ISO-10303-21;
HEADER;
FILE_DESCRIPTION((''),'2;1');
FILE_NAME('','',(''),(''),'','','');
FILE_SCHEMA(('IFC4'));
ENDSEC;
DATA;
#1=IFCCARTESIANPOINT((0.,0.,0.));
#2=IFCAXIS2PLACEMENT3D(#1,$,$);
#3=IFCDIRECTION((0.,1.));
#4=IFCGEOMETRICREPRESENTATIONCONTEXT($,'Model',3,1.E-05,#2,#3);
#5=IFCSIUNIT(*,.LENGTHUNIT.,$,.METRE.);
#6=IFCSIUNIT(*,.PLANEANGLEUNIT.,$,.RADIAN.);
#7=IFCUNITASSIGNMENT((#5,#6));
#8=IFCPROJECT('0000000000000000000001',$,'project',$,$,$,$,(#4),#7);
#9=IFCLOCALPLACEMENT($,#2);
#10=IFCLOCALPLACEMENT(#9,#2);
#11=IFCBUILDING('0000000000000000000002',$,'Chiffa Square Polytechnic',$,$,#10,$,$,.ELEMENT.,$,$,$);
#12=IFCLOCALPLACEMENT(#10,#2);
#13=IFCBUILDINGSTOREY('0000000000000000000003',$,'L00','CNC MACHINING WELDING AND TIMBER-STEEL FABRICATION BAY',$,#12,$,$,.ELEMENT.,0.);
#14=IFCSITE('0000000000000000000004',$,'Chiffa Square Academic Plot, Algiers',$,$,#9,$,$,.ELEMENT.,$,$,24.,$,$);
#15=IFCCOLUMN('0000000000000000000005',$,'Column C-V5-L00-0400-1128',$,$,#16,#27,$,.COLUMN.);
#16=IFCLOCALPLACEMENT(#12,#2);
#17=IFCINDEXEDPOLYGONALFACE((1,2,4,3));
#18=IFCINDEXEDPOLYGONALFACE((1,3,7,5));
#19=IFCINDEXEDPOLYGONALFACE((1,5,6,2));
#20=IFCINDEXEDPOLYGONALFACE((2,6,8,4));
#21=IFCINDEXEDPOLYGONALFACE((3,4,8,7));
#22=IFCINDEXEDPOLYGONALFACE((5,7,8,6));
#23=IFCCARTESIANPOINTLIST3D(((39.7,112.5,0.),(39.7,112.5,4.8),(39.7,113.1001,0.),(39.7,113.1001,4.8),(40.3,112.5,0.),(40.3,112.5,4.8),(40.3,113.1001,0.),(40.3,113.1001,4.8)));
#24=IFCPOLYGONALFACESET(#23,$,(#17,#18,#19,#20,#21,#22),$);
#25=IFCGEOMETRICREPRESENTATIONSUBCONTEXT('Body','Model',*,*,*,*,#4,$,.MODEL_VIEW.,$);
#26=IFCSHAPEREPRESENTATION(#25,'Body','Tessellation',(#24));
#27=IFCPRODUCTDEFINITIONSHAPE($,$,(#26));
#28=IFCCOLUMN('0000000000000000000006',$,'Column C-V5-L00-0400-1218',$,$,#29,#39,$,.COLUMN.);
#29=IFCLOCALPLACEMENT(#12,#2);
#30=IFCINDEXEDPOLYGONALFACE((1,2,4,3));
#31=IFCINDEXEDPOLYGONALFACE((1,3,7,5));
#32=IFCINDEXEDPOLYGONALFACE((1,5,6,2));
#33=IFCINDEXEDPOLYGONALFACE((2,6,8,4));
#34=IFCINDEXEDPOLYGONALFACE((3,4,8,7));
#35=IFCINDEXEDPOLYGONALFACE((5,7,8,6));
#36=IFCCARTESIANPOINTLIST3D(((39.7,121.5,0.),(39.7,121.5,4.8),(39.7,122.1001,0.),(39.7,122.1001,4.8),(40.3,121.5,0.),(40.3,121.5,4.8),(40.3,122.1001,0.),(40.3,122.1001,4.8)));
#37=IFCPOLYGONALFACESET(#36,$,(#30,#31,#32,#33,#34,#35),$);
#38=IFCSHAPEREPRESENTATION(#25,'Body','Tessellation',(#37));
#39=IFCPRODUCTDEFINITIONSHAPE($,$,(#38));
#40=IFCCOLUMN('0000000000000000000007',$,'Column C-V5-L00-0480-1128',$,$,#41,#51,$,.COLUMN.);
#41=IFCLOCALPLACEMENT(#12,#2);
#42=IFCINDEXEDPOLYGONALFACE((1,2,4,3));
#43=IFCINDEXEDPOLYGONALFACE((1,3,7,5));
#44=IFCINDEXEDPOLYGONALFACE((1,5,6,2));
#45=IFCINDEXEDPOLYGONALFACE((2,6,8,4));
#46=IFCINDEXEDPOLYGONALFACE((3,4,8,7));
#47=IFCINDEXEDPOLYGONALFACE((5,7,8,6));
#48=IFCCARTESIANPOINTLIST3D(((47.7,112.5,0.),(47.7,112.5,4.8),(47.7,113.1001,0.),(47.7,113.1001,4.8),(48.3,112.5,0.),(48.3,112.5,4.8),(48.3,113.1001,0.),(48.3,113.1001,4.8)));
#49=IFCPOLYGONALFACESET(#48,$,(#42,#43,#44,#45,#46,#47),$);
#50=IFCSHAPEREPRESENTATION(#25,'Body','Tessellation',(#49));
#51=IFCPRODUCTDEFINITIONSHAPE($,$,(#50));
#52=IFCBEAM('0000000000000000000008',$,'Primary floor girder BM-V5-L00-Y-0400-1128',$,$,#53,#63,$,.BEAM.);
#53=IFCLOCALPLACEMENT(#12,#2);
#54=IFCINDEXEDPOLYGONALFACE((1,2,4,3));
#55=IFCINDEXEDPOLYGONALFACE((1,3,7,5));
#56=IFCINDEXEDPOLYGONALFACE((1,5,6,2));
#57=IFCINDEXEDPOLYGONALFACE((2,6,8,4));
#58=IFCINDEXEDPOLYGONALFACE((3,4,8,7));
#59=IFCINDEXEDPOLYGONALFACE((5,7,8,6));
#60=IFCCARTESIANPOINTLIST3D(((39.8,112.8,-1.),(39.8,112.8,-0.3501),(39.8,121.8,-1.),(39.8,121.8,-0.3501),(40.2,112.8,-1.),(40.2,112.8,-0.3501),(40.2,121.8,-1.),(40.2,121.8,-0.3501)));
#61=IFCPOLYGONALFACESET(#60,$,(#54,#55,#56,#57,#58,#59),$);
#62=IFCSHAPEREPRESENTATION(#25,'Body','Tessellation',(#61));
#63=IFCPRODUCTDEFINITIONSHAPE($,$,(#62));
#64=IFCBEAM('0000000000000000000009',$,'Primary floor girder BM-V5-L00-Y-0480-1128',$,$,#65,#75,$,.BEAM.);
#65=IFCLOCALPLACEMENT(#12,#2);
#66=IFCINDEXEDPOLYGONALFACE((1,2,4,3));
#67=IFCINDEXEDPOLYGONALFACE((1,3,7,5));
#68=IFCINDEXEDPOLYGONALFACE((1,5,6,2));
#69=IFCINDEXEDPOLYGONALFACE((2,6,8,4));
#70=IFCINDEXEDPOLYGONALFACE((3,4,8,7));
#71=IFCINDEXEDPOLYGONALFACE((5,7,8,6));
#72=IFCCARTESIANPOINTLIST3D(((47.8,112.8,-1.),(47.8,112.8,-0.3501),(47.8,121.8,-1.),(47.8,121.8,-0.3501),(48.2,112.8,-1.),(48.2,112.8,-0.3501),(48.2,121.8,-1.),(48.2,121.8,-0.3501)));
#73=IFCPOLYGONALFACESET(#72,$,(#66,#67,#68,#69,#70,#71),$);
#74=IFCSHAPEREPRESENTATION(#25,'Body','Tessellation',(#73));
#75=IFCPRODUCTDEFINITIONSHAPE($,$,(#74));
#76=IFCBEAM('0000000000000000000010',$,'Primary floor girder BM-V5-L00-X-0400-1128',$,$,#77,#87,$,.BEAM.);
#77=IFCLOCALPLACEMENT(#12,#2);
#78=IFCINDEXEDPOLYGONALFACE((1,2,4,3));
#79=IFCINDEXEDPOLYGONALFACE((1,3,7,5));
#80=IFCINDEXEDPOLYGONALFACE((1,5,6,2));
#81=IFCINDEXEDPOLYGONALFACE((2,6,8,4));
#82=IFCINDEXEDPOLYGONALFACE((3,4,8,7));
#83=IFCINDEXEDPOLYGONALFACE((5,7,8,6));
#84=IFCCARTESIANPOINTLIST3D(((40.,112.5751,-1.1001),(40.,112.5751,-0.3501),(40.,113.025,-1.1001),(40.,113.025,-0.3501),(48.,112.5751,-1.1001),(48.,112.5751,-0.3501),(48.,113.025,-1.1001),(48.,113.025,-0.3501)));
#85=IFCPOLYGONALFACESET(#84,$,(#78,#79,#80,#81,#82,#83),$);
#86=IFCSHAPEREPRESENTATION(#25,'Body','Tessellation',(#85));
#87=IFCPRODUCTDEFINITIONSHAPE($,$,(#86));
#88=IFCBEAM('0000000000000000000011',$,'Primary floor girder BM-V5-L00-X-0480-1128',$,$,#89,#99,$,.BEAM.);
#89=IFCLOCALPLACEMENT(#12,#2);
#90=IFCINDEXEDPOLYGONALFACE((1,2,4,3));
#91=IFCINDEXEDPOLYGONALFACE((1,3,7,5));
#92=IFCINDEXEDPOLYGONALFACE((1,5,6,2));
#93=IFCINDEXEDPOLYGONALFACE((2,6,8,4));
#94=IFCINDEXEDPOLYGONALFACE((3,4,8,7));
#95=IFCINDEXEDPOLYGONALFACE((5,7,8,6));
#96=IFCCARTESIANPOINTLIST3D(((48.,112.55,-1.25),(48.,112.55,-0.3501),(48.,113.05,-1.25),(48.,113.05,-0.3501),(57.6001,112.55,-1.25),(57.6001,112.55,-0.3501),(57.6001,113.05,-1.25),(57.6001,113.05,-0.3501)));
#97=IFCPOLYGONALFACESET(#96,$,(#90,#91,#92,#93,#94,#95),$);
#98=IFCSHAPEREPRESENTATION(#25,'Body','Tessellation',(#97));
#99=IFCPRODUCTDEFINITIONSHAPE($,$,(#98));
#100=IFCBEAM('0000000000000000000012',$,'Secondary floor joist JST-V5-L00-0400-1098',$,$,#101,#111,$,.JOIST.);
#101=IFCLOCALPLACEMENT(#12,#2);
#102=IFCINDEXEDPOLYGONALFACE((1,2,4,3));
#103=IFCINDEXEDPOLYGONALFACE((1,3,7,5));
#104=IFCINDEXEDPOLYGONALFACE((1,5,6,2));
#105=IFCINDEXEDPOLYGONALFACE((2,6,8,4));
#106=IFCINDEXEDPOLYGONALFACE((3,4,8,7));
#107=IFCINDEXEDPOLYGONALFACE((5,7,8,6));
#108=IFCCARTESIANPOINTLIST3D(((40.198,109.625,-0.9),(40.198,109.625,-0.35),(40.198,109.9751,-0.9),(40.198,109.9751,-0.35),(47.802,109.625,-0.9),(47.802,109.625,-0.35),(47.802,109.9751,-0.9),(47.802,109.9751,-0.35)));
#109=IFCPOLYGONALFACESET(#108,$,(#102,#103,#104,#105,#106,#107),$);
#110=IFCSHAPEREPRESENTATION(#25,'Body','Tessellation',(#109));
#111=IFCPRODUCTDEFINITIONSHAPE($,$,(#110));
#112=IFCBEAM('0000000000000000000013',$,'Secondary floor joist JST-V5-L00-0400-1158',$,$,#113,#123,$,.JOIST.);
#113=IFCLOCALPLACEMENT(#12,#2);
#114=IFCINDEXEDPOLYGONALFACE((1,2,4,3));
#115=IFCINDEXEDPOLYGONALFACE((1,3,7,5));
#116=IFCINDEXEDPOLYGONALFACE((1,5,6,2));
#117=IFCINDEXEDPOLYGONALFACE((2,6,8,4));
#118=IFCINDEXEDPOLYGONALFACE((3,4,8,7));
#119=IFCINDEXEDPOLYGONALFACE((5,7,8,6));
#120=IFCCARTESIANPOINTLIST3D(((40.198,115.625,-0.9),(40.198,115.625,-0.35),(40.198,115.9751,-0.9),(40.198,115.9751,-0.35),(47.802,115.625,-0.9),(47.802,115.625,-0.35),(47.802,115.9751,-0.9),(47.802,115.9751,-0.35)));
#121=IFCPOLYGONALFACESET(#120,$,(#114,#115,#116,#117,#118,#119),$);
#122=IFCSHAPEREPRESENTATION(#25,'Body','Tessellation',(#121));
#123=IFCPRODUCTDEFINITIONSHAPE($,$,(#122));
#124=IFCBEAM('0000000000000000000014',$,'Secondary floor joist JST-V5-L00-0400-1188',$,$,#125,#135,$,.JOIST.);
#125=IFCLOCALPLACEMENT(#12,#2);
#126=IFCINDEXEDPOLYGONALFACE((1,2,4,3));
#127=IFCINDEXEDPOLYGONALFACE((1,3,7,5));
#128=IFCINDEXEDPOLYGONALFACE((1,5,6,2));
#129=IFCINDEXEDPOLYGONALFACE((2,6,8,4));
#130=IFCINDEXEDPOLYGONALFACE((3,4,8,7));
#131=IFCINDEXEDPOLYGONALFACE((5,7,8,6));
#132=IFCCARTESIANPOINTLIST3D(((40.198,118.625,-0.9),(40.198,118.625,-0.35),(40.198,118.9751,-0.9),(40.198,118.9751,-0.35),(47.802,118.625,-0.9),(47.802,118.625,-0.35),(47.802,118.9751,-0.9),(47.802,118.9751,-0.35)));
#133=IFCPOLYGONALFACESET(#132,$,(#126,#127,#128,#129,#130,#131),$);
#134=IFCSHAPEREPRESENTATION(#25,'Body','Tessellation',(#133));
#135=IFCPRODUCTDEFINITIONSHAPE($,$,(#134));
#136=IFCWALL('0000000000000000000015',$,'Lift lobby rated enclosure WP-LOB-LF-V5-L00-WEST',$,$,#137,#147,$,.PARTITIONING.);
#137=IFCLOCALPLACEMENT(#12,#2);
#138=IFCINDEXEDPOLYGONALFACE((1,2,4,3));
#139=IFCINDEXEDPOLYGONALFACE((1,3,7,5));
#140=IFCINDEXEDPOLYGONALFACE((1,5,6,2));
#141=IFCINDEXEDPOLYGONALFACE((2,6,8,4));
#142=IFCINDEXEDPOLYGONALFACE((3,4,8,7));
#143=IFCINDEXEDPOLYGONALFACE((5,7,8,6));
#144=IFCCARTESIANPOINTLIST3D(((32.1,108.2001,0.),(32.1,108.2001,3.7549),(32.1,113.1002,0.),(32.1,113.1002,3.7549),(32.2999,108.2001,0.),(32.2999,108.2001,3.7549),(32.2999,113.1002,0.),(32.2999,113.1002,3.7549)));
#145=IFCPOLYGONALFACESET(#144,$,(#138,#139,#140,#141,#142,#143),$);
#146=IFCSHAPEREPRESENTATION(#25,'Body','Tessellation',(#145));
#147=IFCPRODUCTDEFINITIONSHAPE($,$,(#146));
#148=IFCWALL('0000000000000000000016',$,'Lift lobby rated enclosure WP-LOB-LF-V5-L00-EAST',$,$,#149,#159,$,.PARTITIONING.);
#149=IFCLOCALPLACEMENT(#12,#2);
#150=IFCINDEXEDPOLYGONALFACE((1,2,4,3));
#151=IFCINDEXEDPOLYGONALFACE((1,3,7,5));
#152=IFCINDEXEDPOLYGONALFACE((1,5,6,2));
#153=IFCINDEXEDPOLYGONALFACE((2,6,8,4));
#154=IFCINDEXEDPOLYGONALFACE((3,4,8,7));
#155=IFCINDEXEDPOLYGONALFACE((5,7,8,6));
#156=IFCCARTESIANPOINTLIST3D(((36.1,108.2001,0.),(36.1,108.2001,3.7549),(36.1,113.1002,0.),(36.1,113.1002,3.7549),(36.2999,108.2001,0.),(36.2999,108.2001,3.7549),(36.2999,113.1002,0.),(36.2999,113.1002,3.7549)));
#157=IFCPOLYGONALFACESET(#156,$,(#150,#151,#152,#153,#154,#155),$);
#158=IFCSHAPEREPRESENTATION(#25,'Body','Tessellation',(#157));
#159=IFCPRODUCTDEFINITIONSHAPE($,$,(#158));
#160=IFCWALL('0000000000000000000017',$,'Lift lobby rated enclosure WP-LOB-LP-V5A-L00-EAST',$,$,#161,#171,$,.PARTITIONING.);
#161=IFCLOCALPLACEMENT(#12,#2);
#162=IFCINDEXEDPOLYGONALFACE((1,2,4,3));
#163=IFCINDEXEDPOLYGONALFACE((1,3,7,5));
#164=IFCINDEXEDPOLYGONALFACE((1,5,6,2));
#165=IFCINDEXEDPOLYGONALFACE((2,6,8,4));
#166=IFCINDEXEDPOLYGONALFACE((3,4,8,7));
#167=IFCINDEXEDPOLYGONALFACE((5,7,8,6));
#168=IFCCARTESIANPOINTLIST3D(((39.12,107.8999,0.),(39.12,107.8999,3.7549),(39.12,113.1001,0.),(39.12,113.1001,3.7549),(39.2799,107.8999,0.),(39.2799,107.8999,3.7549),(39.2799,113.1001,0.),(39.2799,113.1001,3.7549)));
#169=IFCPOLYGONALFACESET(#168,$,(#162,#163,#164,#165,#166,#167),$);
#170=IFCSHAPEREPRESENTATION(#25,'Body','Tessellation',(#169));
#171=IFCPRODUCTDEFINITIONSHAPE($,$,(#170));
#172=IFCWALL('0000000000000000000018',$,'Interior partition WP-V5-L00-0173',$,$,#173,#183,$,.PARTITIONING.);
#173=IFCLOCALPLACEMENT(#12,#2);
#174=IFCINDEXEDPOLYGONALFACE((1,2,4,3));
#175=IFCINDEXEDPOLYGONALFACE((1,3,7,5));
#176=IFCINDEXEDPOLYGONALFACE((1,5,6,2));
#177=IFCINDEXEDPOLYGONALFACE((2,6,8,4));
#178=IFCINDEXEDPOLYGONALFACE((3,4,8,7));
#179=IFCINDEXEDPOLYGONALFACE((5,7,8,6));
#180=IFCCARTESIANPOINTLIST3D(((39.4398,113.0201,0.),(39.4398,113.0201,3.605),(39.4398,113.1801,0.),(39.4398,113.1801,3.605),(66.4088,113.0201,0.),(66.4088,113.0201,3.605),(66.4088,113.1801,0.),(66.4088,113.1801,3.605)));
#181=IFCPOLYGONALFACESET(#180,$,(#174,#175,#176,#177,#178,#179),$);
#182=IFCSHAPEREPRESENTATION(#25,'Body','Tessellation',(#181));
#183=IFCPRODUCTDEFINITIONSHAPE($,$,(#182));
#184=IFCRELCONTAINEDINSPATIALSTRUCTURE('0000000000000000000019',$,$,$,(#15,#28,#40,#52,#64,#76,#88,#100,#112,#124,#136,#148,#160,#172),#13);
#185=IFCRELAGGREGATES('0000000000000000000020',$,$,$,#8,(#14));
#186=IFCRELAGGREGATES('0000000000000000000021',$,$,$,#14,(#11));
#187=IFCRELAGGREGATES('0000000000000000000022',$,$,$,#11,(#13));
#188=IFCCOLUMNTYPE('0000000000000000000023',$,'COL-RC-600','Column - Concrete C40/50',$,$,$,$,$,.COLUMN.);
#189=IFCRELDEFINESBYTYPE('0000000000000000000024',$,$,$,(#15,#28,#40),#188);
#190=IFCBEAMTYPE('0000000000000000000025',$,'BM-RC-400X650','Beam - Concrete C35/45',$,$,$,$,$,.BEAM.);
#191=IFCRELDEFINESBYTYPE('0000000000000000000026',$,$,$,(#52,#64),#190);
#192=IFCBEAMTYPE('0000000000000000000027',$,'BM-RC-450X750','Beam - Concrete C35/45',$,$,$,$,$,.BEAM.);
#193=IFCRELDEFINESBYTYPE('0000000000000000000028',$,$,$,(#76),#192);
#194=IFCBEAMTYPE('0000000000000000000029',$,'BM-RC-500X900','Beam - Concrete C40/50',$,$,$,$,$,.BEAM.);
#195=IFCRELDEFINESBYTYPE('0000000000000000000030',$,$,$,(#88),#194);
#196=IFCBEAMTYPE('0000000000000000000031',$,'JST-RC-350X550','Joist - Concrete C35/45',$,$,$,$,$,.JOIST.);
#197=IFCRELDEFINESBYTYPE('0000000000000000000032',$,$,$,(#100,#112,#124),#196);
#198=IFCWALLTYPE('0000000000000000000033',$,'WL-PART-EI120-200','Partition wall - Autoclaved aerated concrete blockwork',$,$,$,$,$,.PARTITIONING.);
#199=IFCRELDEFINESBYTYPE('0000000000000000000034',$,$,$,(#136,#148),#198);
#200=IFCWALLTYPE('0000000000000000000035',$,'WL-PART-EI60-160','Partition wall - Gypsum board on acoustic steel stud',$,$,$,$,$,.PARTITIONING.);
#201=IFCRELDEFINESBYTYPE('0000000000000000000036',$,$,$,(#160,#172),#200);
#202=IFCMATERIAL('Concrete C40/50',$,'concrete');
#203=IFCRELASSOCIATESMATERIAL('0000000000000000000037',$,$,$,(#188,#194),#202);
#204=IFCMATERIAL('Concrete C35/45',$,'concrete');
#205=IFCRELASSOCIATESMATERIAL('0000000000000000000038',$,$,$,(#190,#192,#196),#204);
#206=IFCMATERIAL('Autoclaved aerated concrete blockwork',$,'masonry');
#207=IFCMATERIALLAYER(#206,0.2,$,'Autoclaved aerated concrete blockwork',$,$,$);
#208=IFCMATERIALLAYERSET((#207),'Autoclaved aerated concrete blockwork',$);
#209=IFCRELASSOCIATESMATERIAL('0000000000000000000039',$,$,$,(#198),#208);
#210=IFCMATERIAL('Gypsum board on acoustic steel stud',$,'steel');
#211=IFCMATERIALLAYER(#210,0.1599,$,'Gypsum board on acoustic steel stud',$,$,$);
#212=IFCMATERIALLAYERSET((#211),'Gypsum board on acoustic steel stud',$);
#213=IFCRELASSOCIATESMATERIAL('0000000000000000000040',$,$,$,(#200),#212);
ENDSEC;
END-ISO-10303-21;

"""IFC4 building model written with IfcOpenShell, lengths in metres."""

from ifc_helpers import new_model, si_unit, direction, frame, frame_2d, origin, origin_2d, place, context, subcontext, project, spatial, rectangle, extrude, material, layer, layer_set, material_profile, profile_set, type_object, element, save


model = new_model("IFC4")

# Units and contexts
model_context = context("Model", 3, precision=1e-05, world=origin(), true_north=direction((0.0, 1.0)))
body_context = subcontext(model_context, "Body", "Model", "MODEL_VIEW")
ifc_project = project(units=[si_unit("LENGTHUNIT", "METRE"), si_unit("PLANEANGLEUNIT", "RADIAN")], contexts=[model_context])

# Site, building, storey
site_placement = place(None, origin())
site = spatial("IfcSite", under=ifc_project, at=site_placement, Name="Chiffa Square Academic Plot, Algiers", CompositionType="ELEMENT", RefElevation=24.0)
building_placement = place(site_placement, origin())
building = spatial("IfcBuilding", under=site, at=building_placement, Name="Chiffa Square Polytechnic", CompositionType="ELEMENT")
storey_placement = place(building_placement, origin())
storey = spatial("IfcBuildingStorey", under=building, at=storey_placement, Name="L00", Description="CNC MACHINING WELDING AND TIMBER-STEEL FABRICATION BAY", CompositionType="ELEMENT", Elevation=0.0)

# Columns
ifc_material_1 = material(Name="Concrete C40/50", Category="concrete")
ifc_material_profile_1 = material_profile(ifc_material_1, rectangle(XDim=0.6001, YDim=0.6001, at=origin_2d()), Name="RC 600x600")
ifc_profile_set_1 = profile_set([ifc_material_profile_1], Name="Concrete C40/50")
column_type = type_object("IfcColumnType", Name="COL-RC-600", Description="Column - Concrete C40/50", PredefinedType="COLUMN", material=ifc_profile_set_1)
for number, where, z_axis, x_axis, name in (
    (1, (40.0, 112.8, 0.0), (0.0, 0.0, 1.0), (1.0, 0.0, 0.0), "Column C-V5-L00-0400-1128"),
    (2, (40.0, 121.8, 0.0), (0.0, 0.0, 1.0), (1.0, 0.0, 0.0), "Column C-V5-L00-0400-1218"),
    (3, (48.0, 112.8, 0.0), (0.0, 0.0, 1.0), (1.0, 0.0, 0.0), "Column C-V5-L00-0480-1128"),
):
    element("IfcColumn", number, at=place(storey_placement, frame(where, z_axis=z_axis, x_axis=x_axis)), inside=storey, type_object=column_type, Name=name, PredefinedType="COLUMN", context=body_context, shape_type="SweptSolid", body=[
        extrude(rectangle(XDim=0.6001, YDim=0.6001, at=origin_2d()), origin(), (0.0, 0.0, 1.0), 4.8),
    ])

# Beams
ifc_material_2 = material(Name="Concrete C35/45", Category="concrete")
ifc_material_profile_2 = material_profile(ifc_material_2, rectangle(XDim=0.3999, YDim=0.6499, at=origin_2d()), Name="RC 400x650")
ifc_profile_set_2 = profile_set([ifc_material_profile_2], Name="Concrete C35/45")
beam_type_1 = type_object("IfcBeamType", Name="BM-RC-400X650", Description="Beam - Concrete C35/45", PredefinedType="BEAM", material=ifc_profile_set_2)
for number, where, z_axis, x_axis, name in (
    (4, (40.0, 112.8, -0.675), (0.0, 1.0, 0.0), (-1.0, 0.0, 0.0), "Primary floor girder BM-V5-L00-Y-0400-1128"),
    (5, (48.0, 112.8, -0.675), (0.0, 1.0, 0.0), (-1.0, 0.0, 0.0), "Primary floor girder BM-V5-L00-Y-0480-1128"),
):
    element("IfcBeam", number, at=place(storey_placement, frame(where, z_axis=z_axis, x_axis=x_axis)), inside=storey, type_object=beam_type_1, Name=name, PredefinedType="BEAM", context=body_context, shape_type="SweptSolid", body=[
        extrude(rectangle(XDim=0.3999, YDim=0.6499, at=origin_2d()), origin(), (0.0, 0.0, 1.0), 9.0),
    ])
ifc_material_profile_3 = material_profile(ifc_material_2, rectangle(XDim=0.45, YDim=0.75, at=origin_2d()), Name="RC 450x750")
ifc_profile_set_3 = profile_set([ifc_material_profile_3], Name="Concrete C35/45")
beam_type_2 = type_object("IfcBeamType", Name="BM-RC-450X750", Description="Beam - Concrete C35/45", PredefinedType="BEAM", material=ifc_profile_set_3)
beam_1_placement = place(storey_placement, frame((40.0, 112.8, -0.7251), z_axis=(1.0, 0.0, 0.0), x_axis=(0.0, 1.0, 0.0)))
element("IfcBeam", 6, at=beam_1_placement, inside=storey, type_object=beam_type_2, Name="Primary floor girder BM-V5-L00-X-0400-1128", PredefinedType="BEAM", context=body_context, shape_type="SweptSolid", body=[
    extrude(rectangle(XDim=0.45, YDim=0.75, at=origin_2d()), origin(), (0.0, 0.0, 1.0), 8.0),
])
ifc_material_profile_4 = material_profile(ifc_material_1, rectangle(XDim=0.5, YDim=0.8999, at=origin_2d()), Name="RC 500x900")
ifc_profile_set_4 = profile_set([ifc_material_profile_4], Name="Concrete C40/50")
beam_type_3 = type_object("IfcBeamType", Name="BM-RC-500X900", Description="Beam - Concrete C40/50", PredefinedType="BEAM", material=ifc_profile_set_4)
beam_2_placement = place(storey_placement, frame((48.0, 112.8, -0.8), z_axis=(1.0, 0.0, 0.0), x_axis=(0.0, 1.0, 0.0)))
element("IfcBeam", 7, at=beam_2_placement, inside=storey, type_object=beam_type_3, Name="Primary floor girder BM-V5-L00-X-0480-1128", PredefinedType="BEAM", context=body_context, shape_type="SweptSolid", body=[
    extrude(rectangle(XDim=0.5, YDim=0.8999, at=origin_2d()), origin(), (0.0, 0.0, 1.0), 9.6001),
])
ifc_material_profile_5 = material_profile(ifc_material_2, rectangle(XDim=0.3501, YDim=0.55, at=origin_2d()), Name="RC 350x550")
ifc_profile_set_5 = profile_set([ifc_material_profile_5], Name="Concrete C35/45")
beam_type_4 = type_object("IfcBeamType", Name="JST-RC-350X550", Description="Joist - Concrete C35/45", PredefinedType="JOIST", material=ifc_profile_set_5)
for number, where, z_axis, x_axis, name in (
    (8, (40.198, 109.8, -0.625), (1.0, 0.0, 0.0), (0.0, 1.0, 0.0), "Secondary floor joist JST-V5-L00-0400-1098"),
    (9, (40.198, 115.8, -0.625), (1.0, 0.0, 0.0), (0.0, 1.0, 0.0), "Secondary floor joist JST-V5-L00-0400-1158"),
    (10, (40.198, 118.8, -0.625), (1.0, 0.0, 0.0), (0.0, 1.0, 0.0), "Secondary floor joist JST-V5-L00-0400-1188"),
):
    element("IfcBeam", number, at=place(storey_placement, frame(where, z_axis=z_axis, x_axis=x_axis)), inside=storey, type_object=beam_type_4, Name=name, PredefinedType="JOIST", context=body_context, shape_type="SweptSolid", body=[
        extrude(rectangle(XDim=0.3501, YDim=0.55, at=origin_2d()), origin(), (0.0, 0.0, 1.0), 7.604),
    ])

# Shared definitions
ifc_material_3 = material(Name="Autoclaved aerated concrete blockwork", Category="masonry")
ifc_layer_1 = layer(ifc_material_3, 0.2, Name="Autoclaved aerated concrete blockwork")
ifc_layer_set_1 = layer_set([ifc_layer_1], Name="Autoclaved aerated concrete blockwork")
wall_type_1 = type_object("IfcWallType", Name="WL-PART-EI120-200", Description="Partition wall - Autoclaved aerated concrete blockwork", PredefinedType="PARTITIONING", material=ifc_layer_set_1)

# Walls
for number, where, z_axis, x_axis, name in (
    (11, (32.2, 108.2, 0.0), (0.0, 0.0, 1.0), (0.0, 1.0, 0.0), "Lift lobby rated enclosure WP-LOB-LF-V5-L00-WEST"),
    (12, (36.2, 108.2, 0.0), (0.0, 0.0, 1.0), (0.0, 1.0, 0.0), "Lift lobby rated enclosure WP-LOB-LF-V5-L00-EAST"),
):
    element("IfcWall", number, at=place(storey_placement, frame(where, z_axis=z_axis, x_axis=x_axis)), inside=storey, type_object=wall_type_1, Name=name, PredefinedType="PARTITIONING", context=body_context, shape_type="SweptSolid", body=[
        extrude(rectangle(XDim=4.9001, YDim=0.2, at=frame_2d((2.4502, 0.0))), origin(), (0.0, 0.0, 1.0), 3.7549),
    ])

# Shared definitions
ifc_material_4 = material(Name="Gypsum board on acoustic steel stud", Category="steel")
ifc_layer_2 = layer(ifc_material_4, 0.1599, Name="Gypsum board on acoustic steel stud")
ifc_layer_set_2 = layer_set([ifc_layer_2], Name="Gypsum board on acoustic steel stud")
wall_type_2 = type_object("IfcWallType", Name="WL-PART-EI60-160", Description="Partition wall - Gypsum board on acoustic steel stud", PredefinedType="PARTITIONING", material=ifc_layer_set_2)

# Walls
wall_1_placement = place(storey_placement, frame((39.2, 107.8999, 0.0), z_axis=(0.0, 0.0, 1.0), x_axis=(0.0, 1.0, 0.0)))
element("IfcWall", 13, at=wall_1_placement, inside=storey, type_object=wall_type_2, Name="Lift lobby rated enclosure WP-LOB-LP-V5A-L00-EAST", PredefinedType="PARTITIONING", context=body_context, shape_type="SweptSolid", body=[
    extrude(rectangle(XDim=5.2002, YDim=0.1599, at=frame_2d((2.6001, 0.0))), origin(), (0.0, 0.0, 1.0), 3.7549),
])
wall_2_placement = place(storey_placement, frame((39.4399, 113.1001, 0.0), z_axis=(0.0, 0.0, 1.0), x_axis=(1.0, 0.0, 0.0)))
element("IfcWall", 14, at=wall_2_placement, inside=storey, type_object=wall_type_2, Name="Interior partition WP-V5-L00-0173", PredefinedType="PARTITIONING", context=body_context, shape_type="SweptSolid", body=[
    extrude(rectangle(XDim=26.969, YDim=0.1599, at=frame_2d((13.4844, 0.0))), origin(), (0.0, 0.0, 1.0), 3.605),
])

save(model, "model.ifc")
